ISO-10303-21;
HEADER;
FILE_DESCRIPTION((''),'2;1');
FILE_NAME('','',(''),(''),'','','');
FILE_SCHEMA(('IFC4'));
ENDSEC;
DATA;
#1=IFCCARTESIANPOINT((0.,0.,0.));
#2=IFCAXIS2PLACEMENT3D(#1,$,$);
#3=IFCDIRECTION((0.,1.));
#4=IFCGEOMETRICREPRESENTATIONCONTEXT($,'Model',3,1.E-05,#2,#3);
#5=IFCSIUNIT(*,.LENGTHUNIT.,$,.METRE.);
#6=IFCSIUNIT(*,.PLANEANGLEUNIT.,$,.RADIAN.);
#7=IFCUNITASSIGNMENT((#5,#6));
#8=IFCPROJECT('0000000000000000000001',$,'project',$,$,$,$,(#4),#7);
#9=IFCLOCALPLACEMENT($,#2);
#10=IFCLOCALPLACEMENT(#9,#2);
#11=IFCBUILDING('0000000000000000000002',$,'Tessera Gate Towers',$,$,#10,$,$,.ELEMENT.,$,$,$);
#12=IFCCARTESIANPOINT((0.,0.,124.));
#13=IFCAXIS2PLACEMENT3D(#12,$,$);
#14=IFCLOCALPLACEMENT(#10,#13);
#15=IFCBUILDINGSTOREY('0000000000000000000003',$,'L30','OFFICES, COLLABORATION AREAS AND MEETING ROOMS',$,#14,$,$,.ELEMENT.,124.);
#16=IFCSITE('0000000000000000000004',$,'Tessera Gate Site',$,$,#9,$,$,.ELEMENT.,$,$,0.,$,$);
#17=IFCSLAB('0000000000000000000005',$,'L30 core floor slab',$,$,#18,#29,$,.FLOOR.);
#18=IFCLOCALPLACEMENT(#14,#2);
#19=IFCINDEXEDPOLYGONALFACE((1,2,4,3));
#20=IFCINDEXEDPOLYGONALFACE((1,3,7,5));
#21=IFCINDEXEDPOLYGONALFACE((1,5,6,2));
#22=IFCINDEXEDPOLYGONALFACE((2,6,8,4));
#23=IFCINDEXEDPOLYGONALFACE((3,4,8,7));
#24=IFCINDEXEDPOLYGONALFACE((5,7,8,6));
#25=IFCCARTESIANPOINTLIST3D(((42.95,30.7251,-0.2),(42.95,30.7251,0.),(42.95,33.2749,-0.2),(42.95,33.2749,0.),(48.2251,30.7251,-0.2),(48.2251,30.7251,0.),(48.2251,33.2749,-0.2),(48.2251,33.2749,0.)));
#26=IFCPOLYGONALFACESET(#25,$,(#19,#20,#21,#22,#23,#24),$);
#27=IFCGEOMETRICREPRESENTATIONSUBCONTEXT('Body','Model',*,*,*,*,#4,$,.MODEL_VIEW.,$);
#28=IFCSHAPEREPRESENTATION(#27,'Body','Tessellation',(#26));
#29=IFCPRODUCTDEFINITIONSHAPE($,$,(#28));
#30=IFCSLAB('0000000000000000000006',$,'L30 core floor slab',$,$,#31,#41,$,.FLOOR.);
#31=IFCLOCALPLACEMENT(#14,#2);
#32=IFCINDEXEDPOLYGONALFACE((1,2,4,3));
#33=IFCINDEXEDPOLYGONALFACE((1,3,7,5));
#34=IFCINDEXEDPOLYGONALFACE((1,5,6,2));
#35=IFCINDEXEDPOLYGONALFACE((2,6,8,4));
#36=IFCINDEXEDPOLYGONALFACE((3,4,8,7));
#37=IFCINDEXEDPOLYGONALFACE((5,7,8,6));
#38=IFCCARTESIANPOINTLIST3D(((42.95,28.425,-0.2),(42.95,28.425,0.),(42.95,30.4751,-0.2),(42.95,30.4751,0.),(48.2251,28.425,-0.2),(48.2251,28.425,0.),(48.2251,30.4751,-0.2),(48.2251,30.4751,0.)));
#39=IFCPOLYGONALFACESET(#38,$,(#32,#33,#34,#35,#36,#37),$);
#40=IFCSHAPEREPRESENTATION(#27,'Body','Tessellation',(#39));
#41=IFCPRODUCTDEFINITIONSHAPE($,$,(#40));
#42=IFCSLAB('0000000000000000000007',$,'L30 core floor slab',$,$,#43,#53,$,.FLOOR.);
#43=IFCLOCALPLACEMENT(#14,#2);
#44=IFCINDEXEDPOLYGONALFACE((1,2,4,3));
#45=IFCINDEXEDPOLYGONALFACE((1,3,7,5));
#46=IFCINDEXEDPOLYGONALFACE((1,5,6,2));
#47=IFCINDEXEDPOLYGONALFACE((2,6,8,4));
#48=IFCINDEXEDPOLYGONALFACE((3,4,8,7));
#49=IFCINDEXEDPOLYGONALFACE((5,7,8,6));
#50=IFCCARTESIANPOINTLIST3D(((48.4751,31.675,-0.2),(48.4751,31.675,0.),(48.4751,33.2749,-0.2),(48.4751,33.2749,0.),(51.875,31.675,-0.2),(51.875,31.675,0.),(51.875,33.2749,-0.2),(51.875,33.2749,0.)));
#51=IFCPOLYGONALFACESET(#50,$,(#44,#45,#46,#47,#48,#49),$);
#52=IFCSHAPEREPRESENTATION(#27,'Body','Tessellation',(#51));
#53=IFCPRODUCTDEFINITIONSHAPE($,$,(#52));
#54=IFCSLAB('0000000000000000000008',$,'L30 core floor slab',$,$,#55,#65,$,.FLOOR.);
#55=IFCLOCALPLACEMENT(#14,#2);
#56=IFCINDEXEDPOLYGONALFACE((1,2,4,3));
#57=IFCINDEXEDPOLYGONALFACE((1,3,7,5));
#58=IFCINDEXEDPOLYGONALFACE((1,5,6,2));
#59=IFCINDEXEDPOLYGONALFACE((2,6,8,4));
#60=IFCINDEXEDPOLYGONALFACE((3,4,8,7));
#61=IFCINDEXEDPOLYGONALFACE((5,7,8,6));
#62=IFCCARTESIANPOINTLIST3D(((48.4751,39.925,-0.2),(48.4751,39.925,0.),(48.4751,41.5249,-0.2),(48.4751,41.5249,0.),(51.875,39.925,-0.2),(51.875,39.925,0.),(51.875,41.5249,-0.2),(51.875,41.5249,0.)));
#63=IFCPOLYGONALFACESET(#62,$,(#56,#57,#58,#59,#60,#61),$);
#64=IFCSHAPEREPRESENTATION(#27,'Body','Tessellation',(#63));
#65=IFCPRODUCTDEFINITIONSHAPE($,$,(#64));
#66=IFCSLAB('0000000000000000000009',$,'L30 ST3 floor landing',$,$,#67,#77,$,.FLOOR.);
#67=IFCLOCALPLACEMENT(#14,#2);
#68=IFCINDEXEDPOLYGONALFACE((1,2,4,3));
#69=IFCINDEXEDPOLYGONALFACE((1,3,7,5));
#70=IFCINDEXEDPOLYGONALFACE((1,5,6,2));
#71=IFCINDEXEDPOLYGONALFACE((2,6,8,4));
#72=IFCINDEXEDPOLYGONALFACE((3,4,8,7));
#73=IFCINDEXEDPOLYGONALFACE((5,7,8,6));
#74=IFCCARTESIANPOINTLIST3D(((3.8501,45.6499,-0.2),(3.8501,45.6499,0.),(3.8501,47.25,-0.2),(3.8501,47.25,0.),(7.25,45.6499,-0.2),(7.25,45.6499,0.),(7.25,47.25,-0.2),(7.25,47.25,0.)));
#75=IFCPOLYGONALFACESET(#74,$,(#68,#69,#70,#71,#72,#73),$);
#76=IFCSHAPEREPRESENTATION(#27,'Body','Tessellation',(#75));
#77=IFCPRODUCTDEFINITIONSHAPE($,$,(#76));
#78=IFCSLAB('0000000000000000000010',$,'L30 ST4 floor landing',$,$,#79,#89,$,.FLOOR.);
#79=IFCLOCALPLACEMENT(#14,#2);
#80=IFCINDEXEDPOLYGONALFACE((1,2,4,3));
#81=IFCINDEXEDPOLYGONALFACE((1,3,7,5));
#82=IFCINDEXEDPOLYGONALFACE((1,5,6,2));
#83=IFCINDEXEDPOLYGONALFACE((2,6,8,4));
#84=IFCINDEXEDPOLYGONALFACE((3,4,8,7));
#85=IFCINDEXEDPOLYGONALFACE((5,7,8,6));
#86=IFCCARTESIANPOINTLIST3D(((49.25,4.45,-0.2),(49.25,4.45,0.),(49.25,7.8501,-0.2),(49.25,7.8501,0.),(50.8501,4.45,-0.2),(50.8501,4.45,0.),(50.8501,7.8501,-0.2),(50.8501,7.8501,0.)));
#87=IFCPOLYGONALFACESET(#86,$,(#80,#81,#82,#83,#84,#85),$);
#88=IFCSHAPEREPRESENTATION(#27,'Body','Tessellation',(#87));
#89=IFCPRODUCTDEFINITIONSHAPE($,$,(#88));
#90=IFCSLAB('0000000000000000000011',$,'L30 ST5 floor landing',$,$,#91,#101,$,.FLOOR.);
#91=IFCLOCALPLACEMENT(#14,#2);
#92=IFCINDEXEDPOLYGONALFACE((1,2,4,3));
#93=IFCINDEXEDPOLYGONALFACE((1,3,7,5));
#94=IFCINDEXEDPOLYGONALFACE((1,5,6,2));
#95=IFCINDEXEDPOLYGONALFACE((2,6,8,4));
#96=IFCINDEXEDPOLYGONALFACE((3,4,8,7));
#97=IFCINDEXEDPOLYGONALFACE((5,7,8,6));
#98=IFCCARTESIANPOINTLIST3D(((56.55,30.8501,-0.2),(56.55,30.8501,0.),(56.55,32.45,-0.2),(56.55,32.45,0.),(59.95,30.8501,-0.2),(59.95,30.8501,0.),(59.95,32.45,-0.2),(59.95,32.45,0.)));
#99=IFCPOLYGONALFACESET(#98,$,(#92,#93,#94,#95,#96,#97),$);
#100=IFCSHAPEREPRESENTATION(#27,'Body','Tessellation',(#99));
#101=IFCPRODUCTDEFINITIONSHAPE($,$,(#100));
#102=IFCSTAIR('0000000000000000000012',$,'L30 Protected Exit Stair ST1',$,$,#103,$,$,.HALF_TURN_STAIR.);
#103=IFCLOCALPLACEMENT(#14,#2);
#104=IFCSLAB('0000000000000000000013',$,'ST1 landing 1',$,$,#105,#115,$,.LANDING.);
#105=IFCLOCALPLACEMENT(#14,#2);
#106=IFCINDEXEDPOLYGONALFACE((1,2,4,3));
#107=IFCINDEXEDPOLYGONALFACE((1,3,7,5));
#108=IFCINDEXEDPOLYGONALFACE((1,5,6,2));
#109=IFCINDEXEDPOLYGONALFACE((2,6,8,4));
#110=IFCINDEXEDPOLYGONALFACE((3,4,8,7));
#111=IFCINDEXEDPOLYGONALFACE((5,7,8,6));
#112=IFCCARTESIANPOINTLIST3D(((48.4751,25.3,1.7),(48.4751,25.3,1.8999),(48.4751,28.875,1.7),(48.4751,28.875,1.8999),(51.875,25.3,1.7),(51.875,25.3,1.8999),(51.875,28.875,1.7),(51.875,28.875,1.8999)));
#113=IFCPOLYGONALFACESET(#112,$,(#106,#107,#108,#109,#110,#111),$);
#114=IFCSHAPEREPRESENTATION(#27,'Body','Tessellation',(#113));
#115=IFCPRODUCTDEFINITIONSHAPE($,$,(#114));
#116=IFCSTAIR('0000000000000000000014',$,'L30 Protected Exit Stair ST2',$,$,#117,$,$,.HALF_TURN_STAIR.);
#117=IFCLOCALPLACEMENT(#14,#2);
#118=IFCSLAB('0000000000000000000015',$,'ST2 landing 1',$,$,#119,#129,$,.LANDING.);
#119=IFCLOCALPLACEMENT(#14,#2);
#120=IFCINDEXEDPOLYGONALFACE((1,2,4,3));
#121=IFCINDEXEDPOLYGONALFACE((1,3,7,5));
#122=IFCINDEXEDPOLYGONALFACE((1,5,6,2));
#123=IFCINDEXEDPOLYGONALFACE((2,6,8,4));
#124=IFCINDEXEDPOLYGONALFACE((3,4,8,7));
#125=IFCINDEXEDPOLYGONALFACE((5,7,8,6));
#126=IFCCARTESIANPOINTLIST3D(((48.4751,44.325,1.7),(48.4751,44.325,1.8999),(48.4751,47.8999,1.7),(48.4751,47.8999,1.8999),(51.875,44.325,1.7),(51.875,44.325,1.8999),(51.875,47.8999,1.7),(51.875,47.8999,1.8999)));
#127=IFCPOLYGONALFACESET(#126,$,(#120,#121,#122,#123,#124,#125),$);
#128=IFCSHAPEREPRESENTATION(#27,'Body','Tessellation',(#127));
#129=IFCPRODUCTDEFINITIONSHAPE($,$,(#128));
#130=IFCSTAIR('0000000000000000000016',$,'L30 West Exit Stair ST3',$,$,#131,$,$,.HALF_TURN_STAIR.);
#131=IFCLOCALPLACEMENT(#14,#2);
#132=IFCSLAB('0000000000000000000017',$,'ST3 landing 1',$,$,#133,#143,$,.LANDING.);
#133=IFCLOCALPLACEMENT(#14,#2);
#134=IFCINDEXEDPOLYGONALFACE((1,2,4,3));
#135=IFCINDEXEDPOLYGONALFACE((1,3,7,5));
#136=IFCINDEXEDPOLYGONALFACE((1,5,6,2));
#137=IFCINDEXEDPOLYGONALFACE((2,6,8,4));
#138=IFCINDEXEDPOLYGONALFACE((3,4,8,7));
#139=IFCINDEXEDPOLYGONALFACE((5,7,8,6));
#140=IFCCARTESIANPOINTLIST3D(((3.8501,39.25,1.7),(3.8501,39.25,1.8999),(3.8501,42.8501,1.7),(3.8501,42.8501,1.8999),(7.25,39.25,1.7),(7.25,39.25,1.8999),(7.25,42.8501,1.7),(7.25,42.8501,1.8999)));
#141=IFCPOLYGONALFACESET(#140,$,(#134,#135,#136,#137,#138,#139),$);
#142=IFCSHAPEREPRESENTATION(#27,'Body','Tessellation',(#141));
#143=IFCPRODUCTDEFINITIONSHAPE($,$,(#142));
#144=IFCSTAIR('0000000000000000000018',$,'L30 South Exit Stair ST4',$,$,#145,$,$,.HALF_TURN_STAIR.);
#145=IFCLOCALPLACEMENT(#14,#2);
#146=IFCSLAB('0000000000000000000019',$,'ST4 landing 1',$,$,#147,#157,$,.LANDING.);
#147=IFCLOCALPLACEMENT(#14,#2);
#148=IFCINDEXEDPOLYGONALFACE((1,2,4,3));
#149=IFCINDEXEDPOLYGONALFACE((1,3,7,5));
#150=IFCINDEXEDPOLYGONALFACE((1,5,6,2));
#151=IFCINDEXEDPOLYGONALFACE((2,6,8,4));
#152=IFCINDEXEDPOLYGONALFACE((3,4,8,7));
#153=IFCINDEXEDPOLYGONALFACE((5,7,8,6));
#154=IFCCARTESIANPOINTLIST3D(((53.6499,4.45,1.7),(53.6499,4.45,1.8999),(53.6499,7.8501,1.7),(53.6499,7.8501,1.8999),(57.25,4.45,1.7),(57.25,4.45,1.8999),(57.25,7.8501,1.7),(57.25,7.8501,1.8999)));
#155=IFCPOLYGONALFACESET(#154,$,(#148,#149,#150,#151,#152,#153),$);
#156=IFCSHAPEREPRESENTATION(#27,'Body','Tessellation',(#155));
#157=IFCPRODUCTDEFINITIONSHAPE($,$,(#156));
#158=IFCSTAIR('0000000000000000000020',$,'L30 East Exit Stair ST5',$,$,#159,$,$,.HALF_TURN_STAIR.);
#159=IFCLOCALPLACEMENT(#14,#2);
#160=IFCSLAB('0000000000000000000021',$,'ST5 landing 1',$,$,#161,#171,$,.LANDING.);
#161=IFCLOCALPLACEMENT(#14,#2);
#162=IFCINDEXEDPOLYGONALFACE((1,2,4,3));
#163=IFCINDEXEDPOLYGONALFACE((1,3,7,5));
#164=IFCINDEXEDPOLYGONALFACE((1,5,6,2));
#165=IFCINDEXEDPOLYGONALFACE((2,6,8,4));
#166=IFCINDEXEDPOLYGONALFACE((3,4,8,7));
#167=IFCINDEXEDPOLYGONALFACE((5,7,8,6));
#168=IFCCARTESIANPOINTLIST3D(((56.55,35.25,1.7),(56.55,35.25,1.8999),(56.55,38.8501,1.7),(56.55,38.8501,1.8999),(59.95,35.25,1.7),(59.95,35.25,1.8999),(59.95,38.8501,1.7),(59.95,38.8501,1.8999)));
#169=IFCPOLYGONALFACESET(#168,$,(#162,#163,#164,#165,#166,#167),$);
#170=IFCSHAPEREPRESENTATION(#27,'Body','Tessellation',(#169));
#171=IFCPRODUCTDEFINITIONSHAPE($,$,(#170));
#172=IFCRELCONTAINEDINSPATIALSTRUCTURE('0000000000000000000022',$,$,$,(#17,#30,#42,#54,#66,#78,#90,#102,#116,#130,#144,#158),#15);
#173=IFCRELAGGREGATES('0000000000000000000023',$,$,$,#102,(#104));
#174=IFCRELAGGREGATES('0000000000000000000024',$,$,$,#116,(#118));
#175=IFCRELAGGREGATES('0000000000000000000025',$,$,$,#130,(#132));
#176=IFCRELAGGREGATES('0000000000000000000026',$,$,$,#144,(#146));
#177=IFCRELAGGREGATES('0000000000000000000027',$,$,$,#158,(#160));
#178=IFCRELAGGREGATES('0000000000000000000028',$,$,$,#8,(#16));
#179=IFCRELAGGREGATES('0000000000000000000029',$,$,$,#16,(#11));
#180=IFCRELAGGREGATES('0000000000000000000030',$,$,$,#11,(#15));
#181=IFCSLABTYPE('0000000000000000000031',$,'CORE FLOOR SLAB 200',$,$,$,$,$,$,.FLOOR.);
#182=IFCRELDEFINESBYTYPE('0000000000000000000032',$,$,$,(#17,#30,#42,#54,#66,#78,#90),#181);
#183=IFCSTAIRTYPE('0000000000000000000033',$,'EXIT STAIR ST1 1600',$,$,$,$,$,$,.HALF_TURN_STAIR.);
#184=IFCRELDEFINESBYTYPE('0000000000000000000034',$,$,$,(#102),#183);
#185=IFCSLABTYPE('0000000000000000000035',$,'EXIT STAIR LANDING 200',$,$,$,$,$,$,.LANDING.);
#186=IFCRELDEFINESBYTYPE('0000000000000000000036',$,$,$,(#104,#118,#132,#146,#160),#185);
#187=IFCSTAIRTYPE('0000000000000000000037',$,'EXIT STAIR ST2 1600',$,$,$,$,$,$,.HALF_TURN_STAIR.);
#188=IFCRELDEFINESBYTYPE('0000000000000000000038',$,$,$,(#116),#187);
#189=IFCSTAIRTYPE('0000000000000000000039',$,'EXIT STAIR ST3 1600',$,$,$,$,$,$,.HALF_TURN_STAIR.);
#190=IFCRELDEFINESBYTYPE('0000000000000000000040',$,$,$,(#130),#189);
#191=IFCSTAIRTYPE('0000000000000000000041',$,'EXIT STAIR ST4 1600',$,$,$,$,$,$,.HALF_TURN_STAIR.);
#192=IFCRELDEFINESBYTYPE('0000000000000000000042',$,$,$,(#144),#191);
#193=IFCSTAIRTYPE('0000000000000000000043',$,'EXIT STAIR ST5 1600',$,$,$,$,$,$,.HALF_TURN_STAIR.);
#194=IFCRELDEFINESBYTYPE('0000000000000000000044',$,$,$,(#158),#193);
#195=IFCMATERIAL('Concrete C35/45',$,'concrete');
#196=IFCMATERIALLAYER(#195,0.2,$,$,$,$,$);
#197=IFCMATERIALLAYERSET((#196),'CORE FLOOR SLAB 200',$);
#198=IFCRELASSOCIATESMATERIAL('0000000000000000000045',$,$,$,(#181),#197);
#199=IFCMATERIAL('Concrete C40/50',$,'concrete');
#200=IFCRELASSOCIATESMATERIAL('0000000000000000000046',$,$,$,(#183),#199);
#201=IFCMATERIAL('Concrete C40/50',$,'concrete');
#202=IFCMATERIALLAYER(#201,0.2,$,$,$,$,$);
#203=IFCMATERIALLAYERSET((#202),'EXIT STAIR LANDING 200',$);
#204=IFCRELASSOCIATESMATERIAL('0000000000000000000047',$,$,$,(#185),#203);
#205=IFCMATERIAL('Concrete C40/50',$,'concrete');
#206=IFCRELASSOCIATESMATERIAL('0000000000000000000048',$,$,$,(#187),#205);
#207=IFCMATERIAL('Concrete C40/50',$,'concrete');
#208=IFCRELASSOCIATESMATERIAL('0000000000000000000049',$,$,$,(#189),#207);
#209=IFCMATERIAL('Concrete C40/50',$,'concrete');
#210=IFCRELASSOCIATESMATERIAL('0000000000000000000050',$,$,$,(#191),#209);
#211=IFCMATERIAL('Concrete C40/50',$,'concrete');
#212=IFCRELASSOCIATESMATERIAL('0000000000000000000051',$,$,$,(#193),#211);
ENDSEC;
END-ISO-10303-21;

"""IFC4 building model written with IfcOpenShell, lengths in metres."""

from ifc_helpers import new_model, si_unit, direction, frame, origin, place, context, subcontext, project, spatial, polyline, outline, extrude, material, layer, layer_set, type_object, element, aggregate, save


model = new_model("IFC4")

# Units and contexts
model_context = context("Model", 3, precision=1e-05, world=origin(), true_north=direction((0.0, 1.0)))
body_context = subcontext(model_context, "Body", "Model", "MODEL_VIEW")
ifc_project = project(units=[si_unit("LENGTHUNIT", "METRE"), si_unit("PLANEANGLEUNIT", "RADIAN")], contexts=[model_context])

# Site, building, storey
site_placement = place(None, origin())
site = spatial("IfcSite", under=ifc_project, at=site_placement, Name="Tessera Gate Site", CompositionType="ELEMENT", RefElevation=0.0)
building_placement = place(site_placement, origin())
building = spatial("IfcBuilding", under=site, at=building_placement, Name="Tessera Gate Towers", CompositionType="ELEMENT")
storey_placement = place(building_placement, frame((0.0, 0.0, 124.0)))
storey = spatial("IfcBuildingStorey", under=building, at=storey_placement, Name="L30", Description="OFFICES, COLLABORATION AREAS AND MEETING ROOMS", CompositionType="ELEMENT", Elevation=124.0)

# Slabs
ifc_material_1 = material(Name="Concrete C35/45", Category="concrete")
ifc_layer_1 = layer(ifc_material_1, 0.2)
ifc_layer_set_1 = layer_set([ifc_layer_1], Name="CORE FLOOR SLAB 200")
slab_type_1 = type_object("IfcSlabType", Name="CORE FLOOR SLAB 200", PredefinedType="FLOOR", material=ifc_layer_set_1)
slab_1_placement = place(storey_placement, frame((0.0, 0.0, -0.2)))
element("IfcSlab", 1, at=slab_1_placement, inside=storey, type_object=slab_type_1, Name="L30 core floor slab", PredefinedType="FLOOR", context=body_context, shape_type="SweptSolid", body=[
    extrude(outline(polyline([(42.95, 33.2749), (42.95, 30.7251), (48.2251, 30.7251), (48.2251, 33.2749), (42.95, 33.2749)])), origin(), (0.0, 0.0, 1.0), 0.2),
])
slab_2_placement = place(storey_placement, frame((0.0, 0.0, -0.2)))
element("IfcSlab", 2, at=slab_2_placement, inside=storey, type_object=slab_type_1, Name="L30 core floor slab", PredefinedType="FLOOR", context=body_context, shape_type="SweptSolid", body=[
    extrude(outline(polyline([(48.2251, 30.4751), (42.95, 30.4751), (42.95, 28.425), (48.2251, 28.425), (48.2251, 30.4751)])), origin(), (0.0, 0.0, 1.0), 0.2),
])
slab_3_placement = place(storey_placement, frame((0.0, 0.0, -0.2)))
element("IfcSlab", 3, at=slab_3_placement, inside=storey, type_object=slab_type_1, Name="L30 core floor slab", PredefinedType="FLOOR", context=body_context, shape_type="SweptSolid", body=[
    extrude(outline(polyline([(51.875, 31.675), (51.875, 33.2749), (48.4751, 33.2749), (48.4751, 31.675), (51.875, 31.675)])), origin(), (0.0, 0.0, 1.0), 0.2),
])
slab_4_placement = place(storey_placement, frame((0.0, 0.0, -0.2)))
element("IfcSlab", 4, at=slab_4_placement, inside=storey, type_object=slab_type_1, Name="L30 core floor slab", PredefinedType="FLOOR", context=body_context, shape_type="SweptSolid", body=[
    extrude(outline(polyline([(48.4751, 41.5249), (48.4751, 39.925), (51.875, 39.925), (51.875, 41.5249), (48.4751, 41.5249)])), origin(), (0.0, 0.0, 1.0), 0.2),
])
slab_5_placement = place(storey_placement, frame((0.0, 0.0, -0.2)))
element("IfcSlab", 5, at=slab_5_placement, inside=storey, type_object=slab_type_1, Name="L30 ST3 floor landing", PredefinedType="FLOOR", context=body_context, shape_type="SweptSolid", body=[
    extrude(outline(polyline([(3.8501, 47.25), (3.8501, 45.6499), (7.25, 45.6499), (7.25, 47.25), (3.8501, 47.25)])), origin(), (0.0, 0.0, 1.0), 0.2),
])
slab_6_placement = place(storey_placement, frame((0.0, 0.0, -0.2)))
element("IfcSlab", 6, at=slab_6_placement, inside=storey, type_object=slab_type_1, Name="L30 ST4 floor landing", PredefinedType="FLOOR", context=body_context, shape_type="SweptSolid", body=[
    extrude(outline(polyline([(49.25, 4.45), (50.8501, 4.45), (50.8501, 7.8501), (49.25, 7.8501), (49.25, 4.45)])), origin(), (0.0, 0.0, 1.0), 0.2),
])
slab_7_placement = place(storey_placement, frame((0.0, 0.0, -0.2)))
element("IfcSlab", 7, at=slab_7_placement, inside=storey, type_object=slab_type_1, Name="L30 ST5 floor landing", PredefinedType="FLOOR", context=body_context, shape_type="SweptSolid", body=[
    extrude(outline(polyline([(59.95, 30.8501), (59.95, 32.45), (56.55, 32.45), (56.55, 30.8501), (59.95, 30.8501)])), origin(), (0.0, 0.0, 1.0), 0.2),
])

# Stairs, slabs
ifc_material_2 = material(Name="Concrete C40/50", Category="concrete")
stair_type_1 = type_object("IfcStairType", Name="EXIT STAIR ST1 1600", PredefinedType="HALF_TURN_STAIR", material=ifc_material_2)
stair_1_placement = place(storey_placement, origin())
stair_1 = element("IfcStair", 8, at=stair_1_placement, inside=storey, type_object=stair_type_1, Name="L30 Protected Exit Stair ST1", PredefinedType="HALF_TURN_STAIR")
ifc_material_3 = material(Name="Concrete C40/50", Category="concrete")
ifc_layer_2 = layer(ifc_material_3, 0.2)
ifc_layer_set_2 = layer_set([ifc_layer_2], Name="EXIT STAIR LANDING 200")
slab_type_2 = type_object("IfcSlabType", Name="EXIT STAIR LANDING 200", PredefinedType="LANDING", material=ifc_layer_set_2)
slab_8_placement = place(storey_placement, frame((0.0, 0.0, 1.7)))
slab_8 = element("IfcSlab", 9, at=slab_8_placement, type_object=slab_type_2, Name="ST1 landing 1", PredefinedType="LANDING", context=body_context, shape_type="SweptSolid", body=[
    extrude(outline(polyline([(48.4751, 28.875), (48.4751, 25.3), (51.875, 25.3), (51.875, 28.875), (48.4751, 28.875)])), origin(), (0.0, 0.0, 1.0), 0.2),
])
aggregate(stair_1, [slab_8])
ifc_material_4 = material(Name="Concrete C40/50", Category="concrete")
stair_type_2 = type_object("IfcStairType", Name="EXIT STAIR ST2 1600", PredefinedType="HALF_TURN_STAIR", material=ifc_material_4)
stair_2_placement = place(storey_placement, origin())
stair_2 = element("IfcStair", 10, at=stair_2_placement, inside=storey, type_object=stair_type_2, Name="L30 Protected Exit Stair ST2", PredefinedType="HALF_TURN_STAIR")
slab_9_placement = place(storey_placement, frame((0.0, 0.0, 1.7)))
slab_9 = element("IfcSlab", 11, at=slab_9_placement, type_object=slab_type_2, Name="ST2 landing 1", PredefinedType="LANDING", context=body_context, shape_type="SweptSolid", body=[
    extrude(outline(polyline([(51.875, 44.325), (51.875, 47.8999), (48.4751, 47.8999), (48.4751, 44.325), (51.875, 44.325)])), origin(), (0.0, 0.0, 1.0), 0.2),
])
aggregate(stair_2, [slab_9])
ifc_material_5 = material(Name="Concrete C40/50", Category="concrete")
stair_type_3 = type_object("IfcStairType", Name="EXIT STAIR ST3 1600", PredefinedType="HALF_TURN_STAIR", material=ifc_material_5)
stair_3_placement = place(storey_placement, origin())
stair_3 = element("IfcStair", 12, at=stair_3_placement, inside=storey, type_object=stair_type_3, Name="L30 West Exit Stair ST3", PredefinedType="HALF_TURN_STAIR")
slab_10_placement = place(storey_placement, frame((0.0, 0.0, 1.7)))
slab_10 = element("IfcSlab", 13, at=slab_10_placement, type_object=slab_type_2, Name="ST3 landing 1", PredefinedType="LANDING", context=body_context, shape_type="SweptSolid", body=[
    extrude(outline(polyline([(3.8501, 42.8501), (3.8501, 39.25), (7.25, 39.25), (7.25, 42.8501), (3.8501, 42.8501)])), origin(), (0.0, 0.0, 1.0), 0.2),
])
aggregate(stair_3, [slab_10])
ifc_material_6 = material(Name="Concrete C40/50", Category="concrete")
stair_type_4 = type_object("IfcStairType", Name="EXIT STAIR ST4 1600", PredefinedType="HALF_TURN_STAIR", material=ifc_material_6)
stair_4_placement = place(storey_placement, origin())
stair_4 = element("IfcStair", 14, at=stair_4_placement, inside=storey, type_object=stair_type_4, Name="L30 South Exit Stair ST4", PredefinedType="HALF_TURN_STAIR")
slab_11_placement = place(storey_placement, frame((0.0, 0.0, 1.7)))
slab_11 = element("IfcSlab", 15, at=slab_11_placement, type_object=slab_type_2, Name="ST4 landing 1", PredefinedType="LANDING", context=body_context, shape_type="SweptSolid", body=[
    extrude(outline(polyline([(53.6499, 4.45), (57.25, 4.45), (57.25, 7.8501), (53.6499, 7.8501), (53.6499, 4.45)])), origin(), (0.0, 0.0, 1.0), 0.2),
])
aggregate(stair_4, [slab_11])
ifc_material_7 = material(Name="Concrete C40/50", Category="concrete")
stair_type_5 = type_object("IfcStairType", Name="EXIT STAIR ST5 1600", PredefinedType="HALF_TURN_STAIR", material=ifc_material_7)
stair_5_placement = place(storey_placement, origin())
stair_5 = element("IfcStair", 16, at=stair_5_placement, inside=storey, type_object=stair_type_5, Name="L30 East Exit Stair ST5", PredefinedType="HALF_TURN_STAIR")
slab_12_placement = place(storey_placement, frame((0.0, 0.0, 1.7)))
slab_12 = element("IfcSlab", 17, at=slab_12_placement, type_object=slab_type_2, Name="ST5 landing 1", PredefinedType="LANDING", context=body_context, shape_type="SweptSolid", body=[
    extrude(outline(polyline([(59.95, 35.25), (59.95, 38.8501), (56.55, 38.8501), (56.55, 35.25), (59.95, 35.25)])), origin(), (0.0, 0.0, 1.0), 0.2),
])
aggregate(stair_5, [slab_12])

save(model, "model.ifc")
